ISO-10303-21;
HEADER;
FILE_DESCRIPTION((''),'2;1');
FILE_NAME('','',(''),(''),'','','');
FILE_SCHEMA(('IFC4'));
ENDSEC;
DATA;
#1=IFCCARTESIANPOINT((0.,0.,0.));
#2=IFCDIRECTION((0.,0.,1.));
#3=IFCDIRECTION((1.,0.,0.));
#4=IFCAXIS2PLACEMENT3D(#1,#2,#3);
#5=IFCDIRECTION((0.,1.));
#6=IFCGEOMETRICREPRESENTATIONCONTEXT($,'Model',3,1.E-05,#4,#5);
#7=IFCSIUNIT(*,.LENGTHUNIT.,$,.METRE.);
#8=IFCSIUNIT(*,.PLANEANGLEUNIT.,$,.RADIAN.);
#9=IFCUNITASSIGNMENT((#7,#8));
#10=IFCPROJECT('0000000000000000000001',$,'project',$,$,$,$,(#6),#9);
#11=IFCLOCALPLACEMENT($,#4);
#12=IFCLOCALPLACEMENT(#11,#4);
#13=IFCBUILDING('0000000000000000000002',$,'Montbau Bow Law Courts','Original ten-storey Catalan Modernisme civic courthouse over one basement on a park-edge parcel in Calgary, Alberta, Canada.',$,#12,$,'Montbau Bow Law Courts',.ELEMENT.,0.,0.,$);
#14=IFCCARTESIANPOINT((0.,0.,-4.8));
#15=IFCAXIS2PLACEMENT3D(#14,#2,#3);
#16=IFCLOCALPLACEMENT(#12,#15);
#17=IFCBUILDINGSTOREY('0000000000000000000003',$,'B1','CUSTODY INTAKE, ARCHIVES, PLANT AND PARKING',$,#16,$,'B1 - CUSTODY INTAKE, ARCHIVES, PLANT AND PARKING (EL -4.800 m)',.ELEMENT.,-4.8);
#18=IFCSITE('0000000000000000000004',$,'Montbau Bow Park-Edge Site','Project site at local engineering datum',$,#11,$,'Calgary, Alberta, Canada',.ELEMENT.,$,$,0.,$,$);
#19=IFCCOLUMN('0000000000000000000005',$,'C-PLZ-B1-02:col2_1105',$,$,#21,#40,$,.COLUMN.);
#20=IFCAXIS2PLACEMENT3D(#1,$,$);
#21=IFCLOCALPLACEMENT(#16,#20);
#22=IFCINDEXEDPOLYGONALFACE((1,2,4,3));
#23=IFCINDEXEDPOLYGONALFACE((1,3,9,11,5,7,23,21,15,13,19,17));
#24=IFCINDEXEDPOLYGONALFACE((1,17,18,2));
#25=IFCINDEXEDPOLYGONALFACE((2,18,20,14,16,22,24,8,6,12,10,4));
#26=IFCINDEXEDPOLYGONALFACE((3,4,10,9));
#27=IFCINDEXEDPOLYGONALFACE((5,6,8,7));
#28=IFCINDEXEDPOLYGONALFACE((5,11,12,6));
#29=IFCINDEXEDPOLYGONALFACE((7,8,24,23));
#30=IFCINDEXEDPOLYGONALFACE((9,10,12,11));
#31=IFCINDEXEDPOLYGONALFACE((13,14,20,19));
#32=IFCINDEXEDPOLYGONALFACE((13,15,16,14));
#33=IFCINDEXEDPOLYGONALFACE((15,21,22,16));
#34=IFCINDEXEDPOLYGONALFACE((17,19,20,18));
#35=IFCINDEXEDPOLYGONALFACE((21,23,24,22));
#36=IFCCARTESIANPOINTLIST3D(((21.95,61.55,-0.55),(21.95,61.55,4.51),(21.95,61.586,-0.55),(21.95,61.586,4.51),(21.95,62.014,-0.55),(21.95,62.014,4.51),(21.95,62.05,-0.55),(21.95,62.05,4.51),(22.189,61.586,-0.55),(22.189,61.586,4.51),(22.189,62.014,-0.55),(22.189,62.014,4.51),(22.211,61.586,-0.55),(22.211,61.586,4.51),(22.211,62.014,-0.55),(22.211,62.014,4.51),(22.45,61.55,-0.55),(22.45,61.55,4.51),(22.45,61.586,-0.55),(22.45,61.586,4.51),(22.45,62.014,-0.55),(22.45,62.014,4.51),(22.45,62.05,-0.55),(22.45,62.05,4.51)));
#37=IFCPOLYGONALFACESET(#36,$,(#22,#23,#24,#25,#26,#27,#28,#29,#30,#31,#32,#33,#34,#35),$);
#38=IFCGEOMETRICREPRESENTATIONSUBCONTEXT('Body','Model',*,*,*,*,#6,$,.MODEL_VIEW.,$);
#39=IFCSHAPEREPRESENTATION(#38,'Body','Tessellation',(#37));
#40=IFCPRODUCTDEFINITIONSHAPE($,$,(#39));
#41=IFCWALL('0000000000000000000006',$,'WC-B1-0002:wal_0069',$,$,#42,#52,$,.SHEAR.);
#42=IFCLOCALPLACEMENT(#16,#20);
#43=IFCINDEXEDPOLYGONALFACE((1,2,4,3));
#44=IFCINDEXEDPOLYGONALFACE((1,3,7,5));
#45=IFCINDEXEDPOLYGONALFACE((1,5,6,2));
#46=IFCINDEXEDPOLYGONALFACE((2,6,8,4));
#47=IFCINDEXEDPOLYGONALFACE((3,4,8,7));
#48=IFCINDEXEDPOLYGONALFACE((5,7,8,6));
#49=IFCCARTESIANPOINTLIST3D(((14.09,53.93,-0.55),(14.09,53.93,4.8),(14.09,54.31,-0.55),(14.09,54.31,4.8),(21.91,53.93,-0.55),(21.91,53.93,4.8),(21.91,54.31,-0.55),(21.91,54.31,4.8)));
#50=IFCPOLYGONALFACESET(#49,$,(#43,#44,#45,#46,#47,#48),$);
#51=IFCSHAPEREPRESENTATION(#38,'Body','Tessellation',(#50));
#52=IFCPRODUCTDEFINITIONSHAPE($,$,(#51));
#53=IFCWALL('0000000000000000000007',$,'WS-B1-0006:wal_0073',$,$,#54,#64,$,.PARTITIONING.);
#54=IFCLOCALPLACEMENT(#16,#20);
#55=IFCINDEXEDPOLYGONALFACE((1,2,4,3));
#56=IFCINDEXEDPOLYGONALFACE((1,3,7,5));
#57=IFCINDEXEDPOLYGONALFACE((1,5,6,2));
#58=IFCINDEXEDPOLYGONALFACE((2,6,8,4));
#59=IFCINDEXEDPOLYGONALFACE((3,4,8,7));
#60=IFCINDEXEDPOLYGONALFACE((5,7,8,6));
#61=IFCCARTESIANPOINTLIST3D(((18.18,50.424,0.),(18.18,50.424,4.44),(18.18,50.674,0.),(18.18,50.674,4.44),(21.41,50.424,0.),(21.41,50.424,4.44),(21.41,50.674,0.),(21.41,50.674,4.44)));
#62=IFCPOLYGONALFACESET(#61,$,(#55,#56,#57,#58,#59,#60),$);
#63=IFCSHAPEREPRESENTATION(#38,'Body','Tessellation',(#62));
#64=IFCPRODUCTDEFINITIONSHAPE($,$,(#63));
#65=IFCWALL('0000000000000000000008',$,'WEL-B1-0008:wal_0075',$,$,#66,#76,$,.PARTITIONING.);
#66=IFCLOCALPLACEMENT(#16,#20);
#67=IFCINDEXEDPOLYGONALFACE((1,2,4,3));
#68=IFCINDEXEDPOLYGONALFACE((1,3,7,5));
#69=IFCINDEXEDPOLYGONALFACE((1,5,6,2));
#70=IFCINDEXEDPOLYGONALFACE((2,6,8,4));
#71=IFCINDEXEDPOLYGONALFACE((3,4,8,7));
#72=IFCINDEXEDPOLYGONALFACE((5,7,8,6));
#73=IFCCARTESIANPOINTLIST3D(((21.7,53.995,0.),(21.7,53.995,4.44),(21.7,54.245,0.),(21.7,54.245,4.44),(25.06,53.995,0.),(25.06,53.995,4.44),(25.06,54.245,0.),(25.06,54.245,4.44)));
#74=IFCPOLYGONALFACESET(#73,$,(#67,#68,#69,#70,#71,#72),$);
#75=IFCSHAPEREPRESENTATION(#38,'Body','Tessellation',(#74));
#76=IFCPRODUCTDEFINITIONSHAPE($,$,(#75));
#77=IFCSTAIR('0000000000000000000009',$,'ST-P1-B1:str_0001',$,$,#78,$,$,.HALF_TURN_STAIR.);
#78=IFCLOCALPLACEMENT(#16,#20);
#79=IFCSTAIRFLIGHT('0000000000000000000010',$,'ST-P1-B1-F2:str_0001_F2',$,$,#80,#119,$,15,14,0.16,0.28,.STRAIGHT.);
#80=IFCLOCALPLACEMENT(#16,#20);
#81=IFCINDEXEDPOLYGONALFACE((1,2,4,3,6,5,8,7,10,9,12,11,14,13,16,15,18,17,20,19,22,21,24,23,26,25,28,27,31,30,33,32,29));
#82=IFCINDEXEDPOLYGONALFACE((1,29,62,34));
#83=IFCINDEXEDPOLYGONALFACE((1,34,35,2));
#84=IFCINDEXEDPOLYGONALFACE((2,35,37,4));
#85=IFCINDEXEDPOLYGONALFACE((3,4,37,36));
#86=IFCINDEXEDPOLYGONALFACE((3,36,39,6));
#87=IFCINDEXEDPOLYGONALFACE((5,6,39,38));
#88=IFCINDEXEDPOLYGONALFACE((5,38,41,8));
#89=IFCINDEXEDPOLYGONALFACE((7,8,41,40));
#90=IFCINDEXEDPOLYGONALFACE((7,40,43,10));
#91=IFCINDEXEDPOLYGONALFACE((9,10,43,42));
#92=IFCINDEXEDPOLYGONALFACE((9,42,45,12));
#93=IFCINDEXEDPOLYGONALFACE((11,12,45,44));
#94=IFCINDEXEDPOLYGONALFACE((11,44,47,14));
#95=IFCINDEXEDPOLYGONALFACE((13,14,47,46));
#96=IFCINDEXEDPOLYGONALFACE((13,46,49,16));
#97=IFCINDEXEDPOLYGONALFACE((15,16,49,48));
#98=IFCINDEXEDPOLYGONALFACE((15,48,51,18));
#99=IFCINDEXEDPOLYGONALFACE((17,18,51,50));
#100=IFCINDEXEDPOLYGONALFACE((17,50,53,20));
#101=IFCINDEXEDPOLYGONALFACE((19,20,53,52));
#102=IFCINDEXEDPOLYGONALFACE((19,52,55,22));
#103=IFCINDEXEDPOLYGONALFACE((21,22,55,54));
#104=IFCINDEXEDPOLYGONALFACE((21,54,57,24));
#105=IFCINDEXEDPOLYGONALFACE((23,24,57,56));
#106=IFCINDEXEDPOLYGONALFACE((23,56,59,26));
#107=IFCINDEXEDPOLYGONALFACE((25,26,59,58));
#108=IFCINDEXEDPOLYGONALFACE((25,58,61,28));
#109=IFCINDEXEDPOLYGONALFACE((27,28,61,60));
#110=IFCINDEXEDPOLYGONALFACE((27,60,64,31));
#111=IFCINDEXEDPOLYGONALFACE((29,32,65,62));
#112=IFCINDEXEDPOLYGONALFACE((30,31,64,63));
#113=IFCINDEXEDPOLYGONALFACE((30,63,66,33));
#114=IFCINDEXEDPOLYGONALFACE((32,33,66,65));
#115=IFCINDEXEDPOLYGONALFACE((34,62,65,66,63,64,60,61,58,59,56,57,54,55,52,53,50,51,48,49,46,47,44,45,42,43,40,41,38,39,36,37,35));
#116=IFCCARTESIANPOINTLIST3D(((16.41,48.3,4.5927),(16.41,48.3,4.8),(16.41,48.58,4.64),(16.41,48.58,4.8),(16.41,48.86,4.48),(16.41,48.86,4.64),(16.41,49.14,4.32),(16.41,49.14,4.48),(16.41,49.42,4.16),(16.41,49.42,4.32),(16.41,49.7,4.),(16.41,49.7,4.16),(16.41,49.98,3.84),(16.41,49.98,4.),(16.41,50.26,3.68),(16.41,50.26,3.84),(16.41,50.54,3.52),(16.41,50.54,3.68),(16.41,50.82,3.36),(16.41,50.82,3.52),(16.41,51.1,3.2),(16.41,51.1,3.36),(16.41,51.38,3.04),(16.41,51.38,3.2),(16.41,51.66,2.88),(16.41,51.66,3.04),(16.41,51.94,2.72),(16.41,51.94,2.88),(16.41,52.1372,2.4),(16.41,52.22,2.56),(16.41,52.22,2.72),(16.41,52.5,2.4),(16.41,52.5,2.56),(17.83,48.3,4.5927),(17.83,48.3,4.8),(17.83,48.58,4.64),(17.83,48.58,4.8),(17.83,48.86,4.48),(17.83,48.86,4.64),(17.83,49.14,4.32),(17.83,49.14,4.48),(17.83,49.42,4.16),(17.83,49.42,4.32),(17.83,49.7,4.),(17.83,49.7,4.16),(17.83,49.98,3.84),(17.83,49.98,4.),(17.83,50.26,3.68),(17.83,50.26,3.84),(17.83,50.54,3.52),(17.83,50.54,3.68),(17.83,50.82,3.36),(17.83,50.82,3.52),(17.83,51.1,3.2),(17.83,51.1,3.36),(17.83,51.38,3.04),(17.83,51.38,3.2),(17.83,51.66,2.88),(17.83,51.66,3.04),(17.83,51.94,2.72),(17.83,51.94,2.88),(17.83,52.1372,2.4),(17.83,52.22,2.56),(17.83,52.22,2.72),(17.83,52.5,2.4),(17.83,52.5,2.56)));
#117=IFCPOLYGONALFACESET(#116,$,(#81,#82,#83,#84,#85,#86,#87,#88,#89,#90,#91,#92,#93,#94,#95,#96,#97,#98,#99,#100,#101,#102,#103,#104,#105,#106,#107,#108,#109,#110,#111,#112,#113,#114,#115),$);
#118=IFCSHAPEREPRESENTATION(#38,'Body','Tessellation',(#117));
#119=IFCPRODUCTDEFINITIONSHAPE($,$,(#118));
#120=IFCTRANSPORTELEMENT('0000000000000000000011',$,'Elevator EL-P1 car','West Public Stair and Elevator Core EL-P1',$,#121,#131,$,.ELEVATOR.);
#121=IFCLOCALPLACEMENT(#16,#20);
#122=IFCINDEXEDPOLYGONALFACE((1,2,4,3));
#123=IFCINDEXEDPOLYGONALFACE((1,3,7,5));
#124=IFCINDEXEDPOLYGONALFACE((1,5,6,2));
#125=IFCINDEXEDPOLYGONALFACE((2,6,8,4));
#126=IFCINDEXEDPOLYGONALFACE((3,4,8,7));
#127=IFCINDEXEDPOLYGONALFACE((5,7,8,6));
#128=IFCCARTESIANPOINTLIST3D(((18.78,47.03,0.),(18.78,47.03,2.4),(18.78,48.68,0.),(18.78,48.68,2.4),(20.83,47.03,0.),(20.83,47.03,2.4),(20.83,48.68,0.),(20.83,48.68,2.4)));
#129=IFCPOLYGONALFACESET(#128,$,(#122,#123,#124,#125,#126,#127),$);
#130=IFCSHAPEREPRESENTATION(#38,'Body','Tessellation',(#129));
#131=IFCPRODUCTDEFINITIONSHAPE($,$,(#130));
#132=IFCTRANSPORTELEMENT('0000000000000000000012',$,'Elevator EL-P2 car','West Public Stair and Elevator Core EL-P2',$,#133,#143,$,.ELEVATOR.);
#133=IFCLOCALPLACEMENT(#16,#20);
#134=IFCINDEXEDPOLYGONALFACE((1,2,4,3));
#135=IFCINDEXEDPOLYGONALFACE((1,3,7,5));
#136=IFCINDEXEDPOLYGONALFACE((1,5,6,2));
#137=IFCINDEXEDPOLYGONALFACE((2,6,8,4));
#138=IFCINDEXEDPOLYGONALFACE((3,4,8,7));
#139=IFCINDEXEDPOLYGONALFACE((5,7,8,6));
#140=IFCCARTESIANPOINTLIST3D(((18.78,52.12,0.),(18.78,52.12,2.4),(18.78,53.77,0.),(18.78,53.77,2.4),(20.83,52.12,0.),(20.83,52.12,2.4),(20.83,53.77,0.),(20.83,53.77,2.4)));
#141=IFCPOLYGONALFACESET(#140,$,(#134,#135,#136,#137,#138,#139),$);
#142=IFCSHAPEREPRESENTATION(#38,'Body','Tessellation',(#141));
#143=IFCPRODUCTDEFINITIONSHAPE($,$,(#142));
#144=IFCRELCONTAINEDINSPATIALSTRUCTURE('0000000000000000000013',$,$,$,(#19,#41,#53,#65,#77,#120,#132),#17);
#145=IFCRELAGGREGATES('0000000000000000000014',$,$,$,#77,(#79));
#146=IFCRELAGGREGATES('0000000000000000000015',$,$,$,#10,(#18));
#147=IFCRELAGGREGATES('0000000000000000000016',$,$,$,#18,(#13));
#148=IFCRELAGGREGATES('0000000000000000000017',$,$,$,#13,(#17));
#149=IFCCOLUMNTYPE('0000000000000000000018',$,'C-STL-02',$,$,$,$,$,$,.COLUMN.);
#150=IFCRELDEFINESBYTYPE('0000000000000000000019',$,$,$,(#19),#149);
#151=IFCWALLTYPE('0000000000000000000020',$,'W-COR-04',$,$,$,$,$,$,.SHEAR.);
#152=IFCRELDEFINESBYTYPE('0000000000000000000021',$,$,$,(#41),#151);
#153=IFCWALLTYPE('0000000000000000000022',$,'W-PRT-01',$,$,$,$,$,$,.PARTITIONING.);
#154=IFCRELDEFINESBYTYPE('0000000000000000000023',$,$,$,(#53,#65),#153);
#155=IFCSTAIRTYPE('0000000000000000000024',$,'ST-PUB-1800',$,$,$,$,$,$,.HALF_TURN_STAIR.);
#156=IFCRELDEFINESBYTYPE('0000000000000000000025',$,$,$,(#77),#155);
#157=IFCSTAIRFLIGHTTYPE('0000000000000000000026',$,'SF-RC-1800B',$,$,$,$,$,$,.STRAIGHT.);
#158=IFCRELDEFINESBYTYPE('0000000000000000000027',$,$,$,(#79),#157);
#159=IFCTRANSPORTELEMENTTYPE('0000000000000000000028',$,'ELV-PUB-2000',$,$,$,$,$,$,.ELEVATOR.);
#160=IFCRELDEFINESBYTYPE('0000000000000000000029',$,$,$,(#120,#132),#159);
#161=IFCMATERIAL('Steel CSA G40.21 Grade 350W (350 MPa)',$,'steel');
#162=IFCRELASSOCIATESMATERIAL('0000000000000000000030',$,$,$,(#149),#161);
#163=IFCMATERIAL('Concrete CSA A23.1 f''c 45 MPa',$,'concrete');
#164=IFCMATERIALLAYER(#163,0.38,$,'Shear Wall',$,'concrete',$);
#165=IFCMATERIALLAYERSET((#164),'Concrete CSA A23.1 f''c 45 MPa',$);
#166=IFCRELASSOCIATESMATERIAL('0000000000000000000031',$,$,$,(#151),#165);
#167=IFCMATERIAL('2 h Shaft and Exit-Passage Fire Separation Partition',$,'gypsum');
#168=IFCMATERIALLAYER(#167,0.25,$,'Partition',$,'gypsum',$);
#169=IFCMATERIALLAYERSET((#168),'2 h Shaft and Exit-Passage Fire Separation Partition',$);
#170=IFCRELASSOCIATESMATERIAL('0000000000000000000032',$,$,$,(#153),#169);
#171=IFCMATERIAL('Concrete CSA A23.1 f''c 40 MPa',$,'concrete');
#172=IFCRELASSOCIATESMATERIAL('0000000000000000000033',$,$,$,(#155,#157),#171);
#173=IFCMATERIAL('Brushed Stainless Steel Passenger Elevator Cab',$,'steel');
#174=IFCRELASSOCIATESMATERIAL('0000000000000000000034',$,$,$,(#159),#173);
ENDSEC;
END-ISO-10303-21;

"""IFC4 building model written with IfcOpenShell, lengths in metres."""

from ifc_helpers import new_model, si_unit, direction, frame, frame_2d, origin_with_axes, origin_2d_with_axis, place, context, subcontext, project, spatial, polyline, rectangle, i_section, outline, extrude, material, layer, layer_set, material_profile, profile_set, type_object, element, aggregate, save


model = new_model("IFC4")

# Units and contexts
model_context = context("Model", 3, precision=1e-05, world=origin_with_axes(), true_north=direction((0.0, 1.0)))
body_context = subcontext(model_context, "Body", "Model", "MODEL_VIEW")
ifc_project = project(units=[si_unit("LENGTHUNIT", "METRE"), si_unit("PLANEANGLEUNIT", "RADIAN")], contexts=[model_context])

# Site, building, storey
site_placement = place(None, origin_with_axes())
site = spatial("IfcSite", under=ifc_project, at=site_placement, Name="Montbau Bow Park-Edge Site", Description="Project site at local engineering datum", LongName="Calgary, Alberta, Canada", CompositionType="ELEMENT", RefElevation=0.0)
building_placement = place(site_placement, origin_with_axes())
building = spatial("IfcBuilding", under=site, at=building_placement, Name="Montbau Bow Law Courts", Description="Original ten-storey Catalan Modernisme civic courthouse over one basement on a park-edge parcel in Calgary, Alberta, Canada.", LongName="Montbau Bow Law Courts", CompositionType="ELEMENT", ElevationOfRefHeight=0.0, ElevationOfTerrain=0.0)
storey_placement = place(building_placement, frame((0.0, 0.0, -4.8), z_axis=(0.0, 0.0, 1.0), x_axis=(1.0, 0.0, 0.0)))
storey = spatial("IfcBuildingStorey", under=building, at=storey_placement, Name="B1", Description="CUSTODY INTAKE, ARCHIVES, PLANT AND PARKING", LongName="B1 - CUSTODY INTAKE, ARCHIVES, PLANT AND PARKING (EL -4.800 m)", CompositionType="ELEMENT", Elevation=-4.8)

# Shared definitions
ifc_material_1 = material(Name="Concrete CSA A23.1 f'c 40 MPa", Category="concrete")

# Column
ifc_material_2 = material(Name="Steel CSA G40.21 Grade 350W (350 MPa)", Category="steel")
ifc_material_profile_1 = material_profile(ifc_material_2, i_section(OverallWidth=0.5, OverallDepth=0.5, WebThickness=0.022, FlangeThickness=0.036, at=origin_2d_with_axis()), Name="WWF500X343", Category="Main", Priority=0)
ifc_profile_set_1 = profile_set([ifc_material_profile_1], Name="Steel CSA G40.21 Grade 350W (350 MPa)")
column_type_1 = type_object("IfcColumnType", Name="C-STL-02", PredefinedType="COLUMN", material=ifc_profile_set_1)
column_1_placement = place(None, frame((22.2, 61.8, -5.35), z_axis=(0.0, 0.0, 1.0), x_axis=(1.0, 0.0, 0.0)))
element("IfcColumn", 1, at=column_1_placement, inside=storey, type_object=column_type_1, Name="C-PLZ-B1-02:col2_1105", PredefinedType="COLUMN", context=body_context, shape_type="SweptSolid", body=[
    extrude(i_section(OverallWidth=0.5, OverallDepth=0.5, WebThickness=0.022, FlangeThickness=0.036, at=origin_2d_with_axis()), origin_with_axes(), (0.0, 0.0, 1.0), 5.06),
])

# Walls
ifc_material_3 = material(Name="Concrete CSA A23.1 f'c 45 MPa", Category="concrete")
ifc_layer_1 = layer(ifc_material_3, 0.38, Name="Shear Wall", Category="concrete")
ifc_layer_set_1 = layer_set([ifc_layer_1], Name="Concrete CSA A23.1 f'c 45 MPa")
wall_type_1 = type_object("IfcWallType", Name="W-COR-04", PredefinedType="SHEAR", material=ifc_layer_set_1)
wall_1_placement = place(None, frame((21.91, 54.12, -5.35), z_axis=(0.0, 0.0, 1.0), x_axis=(-1.0, 0.0, 0.0)))
element("IfcWall", 2, at=wall_1_placement, inside=storey, type_object=wall_type_1, Name="WC-B1-0002:wal_0069", PredefinedType="SHEAR", context=body_context, shape_type="SweptSolid", body=[
    extrude(rectangle(XDim=7.82, YDim=0.38, at=frame_2d((3.91, 0.0), x_axis=(1.0, 0.0))), origin_with_axes(), (0.0, 0.0, 1.0), 5.35),
])
ifc_material_4 = material(Name="2 h Shaft and Exit-Passage Fire Separation Partition", Category="gypsum")
ifc_layer_2 = layer(ifc_material_4, 0.25, Name="Partition", Category="gypsum")
ifc_layer_set_2 = layer_set([ifc_layer_2], Name="2 h Shaft and Exit-Passage Fire Separation Partition")
wall_type_2 = type_object("IfcWallType", Name="W-PRT-01", PredefinedType="PARTITIONING", material=ifc_layer_set_2)
wall_2_placement = place(None, frame((18.18, 50.549, -4.8), z_axis=(0.0, 0.0, 1.0), x_axis=(1.0, 0.0, 0.0)))
element("IfcWall", 3, at=wall_2_placement, inside=storey, type_object=wall_type_2, Name="WS-B1-0006:wal_0073", PredefinedType="PARTITIONING", context=body_context, shape_type="SweptSolid", body=[
    extrude(rectangle(XDim=3.23, YDim=0.25, at=frame_2d((1.615, 0.0), x_axis=(1.0, 0.0))), origin_with_axes(), (0.0, 0.0, 1.0), 4.44),
])
wall_3_placement = place(None, frame((21.7, 54.12, -4.8), z_axis=(0.0, 0.0, 1.0), x_axis=(1.0, 0.0, 0.0)))
element("IfcWall", 4, at=wall_3_placement, inside=storey, type_object=wall_type_2, Name="WEL-B1-0008:wal_0075", PredefinedType="PARTITIONING", context=body_context, shape_type="SweptSolid", body=[
    extrude(rectangle(XDim=3.36, YDim=0.25, at=frame_2d((1.68, 0.0), x_axis=(1.0, 0.0))), origin_with_axes(), (0.0, 0.0, 1.0), 4.44),
])

# Stair, stair flight
stair_type = type_object("IfcStairType", Name="ST-PUB-1800", PredefinedType="HALF_TURN_STAIR", material=ifc_material_1)
stair_placement = place(None, frame((15.33, 48.3, -4.8), z_axis=(0.0, 0.0, 1.0), x_axis=(1.0, 0.0, 0.0)))
stair = element("IfcStair", 5, at=stair_placement, inside=storey, type_object=stair_type, Name="ST-P1-B1:str_0001", PredefinedType="HALF_TURN_STAIR")
stair_flight_type = type_object("IfcStairFlightType", Name="SF-RC-1800B", PredefinedType="STRAIGHT", material=ifc_material_1)
stair_flight_placement = place(None, frame((17.12, 52.5, -2.4), z_axis=(0.0, 0.0, 1.0), x_axis=(0.0, -1.0, 0.0)))
stair_flight = element("IfcStairFlight", 6, at=stair_flight_placement, type_object=stair_flight_type, Name="ST-P1-B1-F2:str_0001_F2", NumberOfRisers=15, NumberOfTreads=14, PredefinedType="STRAIGHT", RiserHeight=0.16, TreadLength=0.28, context=body_context, shape_type="SweptSolid", body=[
    extrude(outline(polyline([(0.0, 0.0), (0.0, 0.16), (0.28, 0.16), (0.28, 0.32), (0.56, 0.32), (0.56, 0.48), (0.84, 0.48), (0.84, 0.64), (1.12, 0.64), (1.12, 0.8), (1.4, 0.8), (1.4, 0.96), (1.68, 0.96), (1.68, 1.12), (1.96, 1.12), (1.96, 1.28), (2.24, 1.28), (2.24, 1.44), (2.52, 1.44), (2.52, 1.6), (2.8, 1.6), (2.8, 1.76), (3.08, 1.76), (3.08, 1.92), (3.36, 1.92), (3.36, 2.08), (3.64, 2.08), (3.64, 2.24), (3.92, 2.24), (3.92, 2.4), (4.2, 2.4), (4.2, 2.1927), (0.3628, 0.0), (0.0, 0.0)])), frame((0.0, 0.71, 0.0), z_axis=(0.0, -1.0, 0.0), x_axis=(1.0, 0.0, 0.0)), (0.0, 0.0, 1.0), 1.42),
])
aggregate(stair, [stair_flight])

# Transport elements
ifc_material_5 = material(Name="Brushed Stainless Steel Passenger Elevator Cab", Category="steel")
transport_element_type = type_object("IfcTransportElementType", Name="ELV-PUB-2000", PredefinedType="ELEVATOR", material=ifc_material_5)
for number, where, z_axis, x_axis, name, description in (
    (7, (19.805, 47.855, -4.8), (0.0, 0.0, 1.0), (1.0, 0.0, 0.0), "Elevator EL-P1 car", "West Public Stair and Elevator Core EL-P1"),
    (8, (19.805, 52.945, -4.8), (0.0, 0.0, 1.0), (1.0, 0.0, 0.0), "Elevator EL-P2 car", "West Public Stair and Elevator Core EL-P2"),
):
    element("IfcTransportElement", number, at=place(None, frame(where, z_axis=z_axis, x_axis=x_axis)), inside=storey, type_object=transport_element_type, Name=name, Description=description, PredefinedType="ELEVATOR", context=body_context, shape_type="SweptSolid", body=[
        extrude(rectangle(XDim=2.05, YDim=1.65, at=origin_2d_with_axis()), origin_with_axes(), (0.0, 0.0, 1.0), 2.4),
    ])

save(model, "model.ifc")
